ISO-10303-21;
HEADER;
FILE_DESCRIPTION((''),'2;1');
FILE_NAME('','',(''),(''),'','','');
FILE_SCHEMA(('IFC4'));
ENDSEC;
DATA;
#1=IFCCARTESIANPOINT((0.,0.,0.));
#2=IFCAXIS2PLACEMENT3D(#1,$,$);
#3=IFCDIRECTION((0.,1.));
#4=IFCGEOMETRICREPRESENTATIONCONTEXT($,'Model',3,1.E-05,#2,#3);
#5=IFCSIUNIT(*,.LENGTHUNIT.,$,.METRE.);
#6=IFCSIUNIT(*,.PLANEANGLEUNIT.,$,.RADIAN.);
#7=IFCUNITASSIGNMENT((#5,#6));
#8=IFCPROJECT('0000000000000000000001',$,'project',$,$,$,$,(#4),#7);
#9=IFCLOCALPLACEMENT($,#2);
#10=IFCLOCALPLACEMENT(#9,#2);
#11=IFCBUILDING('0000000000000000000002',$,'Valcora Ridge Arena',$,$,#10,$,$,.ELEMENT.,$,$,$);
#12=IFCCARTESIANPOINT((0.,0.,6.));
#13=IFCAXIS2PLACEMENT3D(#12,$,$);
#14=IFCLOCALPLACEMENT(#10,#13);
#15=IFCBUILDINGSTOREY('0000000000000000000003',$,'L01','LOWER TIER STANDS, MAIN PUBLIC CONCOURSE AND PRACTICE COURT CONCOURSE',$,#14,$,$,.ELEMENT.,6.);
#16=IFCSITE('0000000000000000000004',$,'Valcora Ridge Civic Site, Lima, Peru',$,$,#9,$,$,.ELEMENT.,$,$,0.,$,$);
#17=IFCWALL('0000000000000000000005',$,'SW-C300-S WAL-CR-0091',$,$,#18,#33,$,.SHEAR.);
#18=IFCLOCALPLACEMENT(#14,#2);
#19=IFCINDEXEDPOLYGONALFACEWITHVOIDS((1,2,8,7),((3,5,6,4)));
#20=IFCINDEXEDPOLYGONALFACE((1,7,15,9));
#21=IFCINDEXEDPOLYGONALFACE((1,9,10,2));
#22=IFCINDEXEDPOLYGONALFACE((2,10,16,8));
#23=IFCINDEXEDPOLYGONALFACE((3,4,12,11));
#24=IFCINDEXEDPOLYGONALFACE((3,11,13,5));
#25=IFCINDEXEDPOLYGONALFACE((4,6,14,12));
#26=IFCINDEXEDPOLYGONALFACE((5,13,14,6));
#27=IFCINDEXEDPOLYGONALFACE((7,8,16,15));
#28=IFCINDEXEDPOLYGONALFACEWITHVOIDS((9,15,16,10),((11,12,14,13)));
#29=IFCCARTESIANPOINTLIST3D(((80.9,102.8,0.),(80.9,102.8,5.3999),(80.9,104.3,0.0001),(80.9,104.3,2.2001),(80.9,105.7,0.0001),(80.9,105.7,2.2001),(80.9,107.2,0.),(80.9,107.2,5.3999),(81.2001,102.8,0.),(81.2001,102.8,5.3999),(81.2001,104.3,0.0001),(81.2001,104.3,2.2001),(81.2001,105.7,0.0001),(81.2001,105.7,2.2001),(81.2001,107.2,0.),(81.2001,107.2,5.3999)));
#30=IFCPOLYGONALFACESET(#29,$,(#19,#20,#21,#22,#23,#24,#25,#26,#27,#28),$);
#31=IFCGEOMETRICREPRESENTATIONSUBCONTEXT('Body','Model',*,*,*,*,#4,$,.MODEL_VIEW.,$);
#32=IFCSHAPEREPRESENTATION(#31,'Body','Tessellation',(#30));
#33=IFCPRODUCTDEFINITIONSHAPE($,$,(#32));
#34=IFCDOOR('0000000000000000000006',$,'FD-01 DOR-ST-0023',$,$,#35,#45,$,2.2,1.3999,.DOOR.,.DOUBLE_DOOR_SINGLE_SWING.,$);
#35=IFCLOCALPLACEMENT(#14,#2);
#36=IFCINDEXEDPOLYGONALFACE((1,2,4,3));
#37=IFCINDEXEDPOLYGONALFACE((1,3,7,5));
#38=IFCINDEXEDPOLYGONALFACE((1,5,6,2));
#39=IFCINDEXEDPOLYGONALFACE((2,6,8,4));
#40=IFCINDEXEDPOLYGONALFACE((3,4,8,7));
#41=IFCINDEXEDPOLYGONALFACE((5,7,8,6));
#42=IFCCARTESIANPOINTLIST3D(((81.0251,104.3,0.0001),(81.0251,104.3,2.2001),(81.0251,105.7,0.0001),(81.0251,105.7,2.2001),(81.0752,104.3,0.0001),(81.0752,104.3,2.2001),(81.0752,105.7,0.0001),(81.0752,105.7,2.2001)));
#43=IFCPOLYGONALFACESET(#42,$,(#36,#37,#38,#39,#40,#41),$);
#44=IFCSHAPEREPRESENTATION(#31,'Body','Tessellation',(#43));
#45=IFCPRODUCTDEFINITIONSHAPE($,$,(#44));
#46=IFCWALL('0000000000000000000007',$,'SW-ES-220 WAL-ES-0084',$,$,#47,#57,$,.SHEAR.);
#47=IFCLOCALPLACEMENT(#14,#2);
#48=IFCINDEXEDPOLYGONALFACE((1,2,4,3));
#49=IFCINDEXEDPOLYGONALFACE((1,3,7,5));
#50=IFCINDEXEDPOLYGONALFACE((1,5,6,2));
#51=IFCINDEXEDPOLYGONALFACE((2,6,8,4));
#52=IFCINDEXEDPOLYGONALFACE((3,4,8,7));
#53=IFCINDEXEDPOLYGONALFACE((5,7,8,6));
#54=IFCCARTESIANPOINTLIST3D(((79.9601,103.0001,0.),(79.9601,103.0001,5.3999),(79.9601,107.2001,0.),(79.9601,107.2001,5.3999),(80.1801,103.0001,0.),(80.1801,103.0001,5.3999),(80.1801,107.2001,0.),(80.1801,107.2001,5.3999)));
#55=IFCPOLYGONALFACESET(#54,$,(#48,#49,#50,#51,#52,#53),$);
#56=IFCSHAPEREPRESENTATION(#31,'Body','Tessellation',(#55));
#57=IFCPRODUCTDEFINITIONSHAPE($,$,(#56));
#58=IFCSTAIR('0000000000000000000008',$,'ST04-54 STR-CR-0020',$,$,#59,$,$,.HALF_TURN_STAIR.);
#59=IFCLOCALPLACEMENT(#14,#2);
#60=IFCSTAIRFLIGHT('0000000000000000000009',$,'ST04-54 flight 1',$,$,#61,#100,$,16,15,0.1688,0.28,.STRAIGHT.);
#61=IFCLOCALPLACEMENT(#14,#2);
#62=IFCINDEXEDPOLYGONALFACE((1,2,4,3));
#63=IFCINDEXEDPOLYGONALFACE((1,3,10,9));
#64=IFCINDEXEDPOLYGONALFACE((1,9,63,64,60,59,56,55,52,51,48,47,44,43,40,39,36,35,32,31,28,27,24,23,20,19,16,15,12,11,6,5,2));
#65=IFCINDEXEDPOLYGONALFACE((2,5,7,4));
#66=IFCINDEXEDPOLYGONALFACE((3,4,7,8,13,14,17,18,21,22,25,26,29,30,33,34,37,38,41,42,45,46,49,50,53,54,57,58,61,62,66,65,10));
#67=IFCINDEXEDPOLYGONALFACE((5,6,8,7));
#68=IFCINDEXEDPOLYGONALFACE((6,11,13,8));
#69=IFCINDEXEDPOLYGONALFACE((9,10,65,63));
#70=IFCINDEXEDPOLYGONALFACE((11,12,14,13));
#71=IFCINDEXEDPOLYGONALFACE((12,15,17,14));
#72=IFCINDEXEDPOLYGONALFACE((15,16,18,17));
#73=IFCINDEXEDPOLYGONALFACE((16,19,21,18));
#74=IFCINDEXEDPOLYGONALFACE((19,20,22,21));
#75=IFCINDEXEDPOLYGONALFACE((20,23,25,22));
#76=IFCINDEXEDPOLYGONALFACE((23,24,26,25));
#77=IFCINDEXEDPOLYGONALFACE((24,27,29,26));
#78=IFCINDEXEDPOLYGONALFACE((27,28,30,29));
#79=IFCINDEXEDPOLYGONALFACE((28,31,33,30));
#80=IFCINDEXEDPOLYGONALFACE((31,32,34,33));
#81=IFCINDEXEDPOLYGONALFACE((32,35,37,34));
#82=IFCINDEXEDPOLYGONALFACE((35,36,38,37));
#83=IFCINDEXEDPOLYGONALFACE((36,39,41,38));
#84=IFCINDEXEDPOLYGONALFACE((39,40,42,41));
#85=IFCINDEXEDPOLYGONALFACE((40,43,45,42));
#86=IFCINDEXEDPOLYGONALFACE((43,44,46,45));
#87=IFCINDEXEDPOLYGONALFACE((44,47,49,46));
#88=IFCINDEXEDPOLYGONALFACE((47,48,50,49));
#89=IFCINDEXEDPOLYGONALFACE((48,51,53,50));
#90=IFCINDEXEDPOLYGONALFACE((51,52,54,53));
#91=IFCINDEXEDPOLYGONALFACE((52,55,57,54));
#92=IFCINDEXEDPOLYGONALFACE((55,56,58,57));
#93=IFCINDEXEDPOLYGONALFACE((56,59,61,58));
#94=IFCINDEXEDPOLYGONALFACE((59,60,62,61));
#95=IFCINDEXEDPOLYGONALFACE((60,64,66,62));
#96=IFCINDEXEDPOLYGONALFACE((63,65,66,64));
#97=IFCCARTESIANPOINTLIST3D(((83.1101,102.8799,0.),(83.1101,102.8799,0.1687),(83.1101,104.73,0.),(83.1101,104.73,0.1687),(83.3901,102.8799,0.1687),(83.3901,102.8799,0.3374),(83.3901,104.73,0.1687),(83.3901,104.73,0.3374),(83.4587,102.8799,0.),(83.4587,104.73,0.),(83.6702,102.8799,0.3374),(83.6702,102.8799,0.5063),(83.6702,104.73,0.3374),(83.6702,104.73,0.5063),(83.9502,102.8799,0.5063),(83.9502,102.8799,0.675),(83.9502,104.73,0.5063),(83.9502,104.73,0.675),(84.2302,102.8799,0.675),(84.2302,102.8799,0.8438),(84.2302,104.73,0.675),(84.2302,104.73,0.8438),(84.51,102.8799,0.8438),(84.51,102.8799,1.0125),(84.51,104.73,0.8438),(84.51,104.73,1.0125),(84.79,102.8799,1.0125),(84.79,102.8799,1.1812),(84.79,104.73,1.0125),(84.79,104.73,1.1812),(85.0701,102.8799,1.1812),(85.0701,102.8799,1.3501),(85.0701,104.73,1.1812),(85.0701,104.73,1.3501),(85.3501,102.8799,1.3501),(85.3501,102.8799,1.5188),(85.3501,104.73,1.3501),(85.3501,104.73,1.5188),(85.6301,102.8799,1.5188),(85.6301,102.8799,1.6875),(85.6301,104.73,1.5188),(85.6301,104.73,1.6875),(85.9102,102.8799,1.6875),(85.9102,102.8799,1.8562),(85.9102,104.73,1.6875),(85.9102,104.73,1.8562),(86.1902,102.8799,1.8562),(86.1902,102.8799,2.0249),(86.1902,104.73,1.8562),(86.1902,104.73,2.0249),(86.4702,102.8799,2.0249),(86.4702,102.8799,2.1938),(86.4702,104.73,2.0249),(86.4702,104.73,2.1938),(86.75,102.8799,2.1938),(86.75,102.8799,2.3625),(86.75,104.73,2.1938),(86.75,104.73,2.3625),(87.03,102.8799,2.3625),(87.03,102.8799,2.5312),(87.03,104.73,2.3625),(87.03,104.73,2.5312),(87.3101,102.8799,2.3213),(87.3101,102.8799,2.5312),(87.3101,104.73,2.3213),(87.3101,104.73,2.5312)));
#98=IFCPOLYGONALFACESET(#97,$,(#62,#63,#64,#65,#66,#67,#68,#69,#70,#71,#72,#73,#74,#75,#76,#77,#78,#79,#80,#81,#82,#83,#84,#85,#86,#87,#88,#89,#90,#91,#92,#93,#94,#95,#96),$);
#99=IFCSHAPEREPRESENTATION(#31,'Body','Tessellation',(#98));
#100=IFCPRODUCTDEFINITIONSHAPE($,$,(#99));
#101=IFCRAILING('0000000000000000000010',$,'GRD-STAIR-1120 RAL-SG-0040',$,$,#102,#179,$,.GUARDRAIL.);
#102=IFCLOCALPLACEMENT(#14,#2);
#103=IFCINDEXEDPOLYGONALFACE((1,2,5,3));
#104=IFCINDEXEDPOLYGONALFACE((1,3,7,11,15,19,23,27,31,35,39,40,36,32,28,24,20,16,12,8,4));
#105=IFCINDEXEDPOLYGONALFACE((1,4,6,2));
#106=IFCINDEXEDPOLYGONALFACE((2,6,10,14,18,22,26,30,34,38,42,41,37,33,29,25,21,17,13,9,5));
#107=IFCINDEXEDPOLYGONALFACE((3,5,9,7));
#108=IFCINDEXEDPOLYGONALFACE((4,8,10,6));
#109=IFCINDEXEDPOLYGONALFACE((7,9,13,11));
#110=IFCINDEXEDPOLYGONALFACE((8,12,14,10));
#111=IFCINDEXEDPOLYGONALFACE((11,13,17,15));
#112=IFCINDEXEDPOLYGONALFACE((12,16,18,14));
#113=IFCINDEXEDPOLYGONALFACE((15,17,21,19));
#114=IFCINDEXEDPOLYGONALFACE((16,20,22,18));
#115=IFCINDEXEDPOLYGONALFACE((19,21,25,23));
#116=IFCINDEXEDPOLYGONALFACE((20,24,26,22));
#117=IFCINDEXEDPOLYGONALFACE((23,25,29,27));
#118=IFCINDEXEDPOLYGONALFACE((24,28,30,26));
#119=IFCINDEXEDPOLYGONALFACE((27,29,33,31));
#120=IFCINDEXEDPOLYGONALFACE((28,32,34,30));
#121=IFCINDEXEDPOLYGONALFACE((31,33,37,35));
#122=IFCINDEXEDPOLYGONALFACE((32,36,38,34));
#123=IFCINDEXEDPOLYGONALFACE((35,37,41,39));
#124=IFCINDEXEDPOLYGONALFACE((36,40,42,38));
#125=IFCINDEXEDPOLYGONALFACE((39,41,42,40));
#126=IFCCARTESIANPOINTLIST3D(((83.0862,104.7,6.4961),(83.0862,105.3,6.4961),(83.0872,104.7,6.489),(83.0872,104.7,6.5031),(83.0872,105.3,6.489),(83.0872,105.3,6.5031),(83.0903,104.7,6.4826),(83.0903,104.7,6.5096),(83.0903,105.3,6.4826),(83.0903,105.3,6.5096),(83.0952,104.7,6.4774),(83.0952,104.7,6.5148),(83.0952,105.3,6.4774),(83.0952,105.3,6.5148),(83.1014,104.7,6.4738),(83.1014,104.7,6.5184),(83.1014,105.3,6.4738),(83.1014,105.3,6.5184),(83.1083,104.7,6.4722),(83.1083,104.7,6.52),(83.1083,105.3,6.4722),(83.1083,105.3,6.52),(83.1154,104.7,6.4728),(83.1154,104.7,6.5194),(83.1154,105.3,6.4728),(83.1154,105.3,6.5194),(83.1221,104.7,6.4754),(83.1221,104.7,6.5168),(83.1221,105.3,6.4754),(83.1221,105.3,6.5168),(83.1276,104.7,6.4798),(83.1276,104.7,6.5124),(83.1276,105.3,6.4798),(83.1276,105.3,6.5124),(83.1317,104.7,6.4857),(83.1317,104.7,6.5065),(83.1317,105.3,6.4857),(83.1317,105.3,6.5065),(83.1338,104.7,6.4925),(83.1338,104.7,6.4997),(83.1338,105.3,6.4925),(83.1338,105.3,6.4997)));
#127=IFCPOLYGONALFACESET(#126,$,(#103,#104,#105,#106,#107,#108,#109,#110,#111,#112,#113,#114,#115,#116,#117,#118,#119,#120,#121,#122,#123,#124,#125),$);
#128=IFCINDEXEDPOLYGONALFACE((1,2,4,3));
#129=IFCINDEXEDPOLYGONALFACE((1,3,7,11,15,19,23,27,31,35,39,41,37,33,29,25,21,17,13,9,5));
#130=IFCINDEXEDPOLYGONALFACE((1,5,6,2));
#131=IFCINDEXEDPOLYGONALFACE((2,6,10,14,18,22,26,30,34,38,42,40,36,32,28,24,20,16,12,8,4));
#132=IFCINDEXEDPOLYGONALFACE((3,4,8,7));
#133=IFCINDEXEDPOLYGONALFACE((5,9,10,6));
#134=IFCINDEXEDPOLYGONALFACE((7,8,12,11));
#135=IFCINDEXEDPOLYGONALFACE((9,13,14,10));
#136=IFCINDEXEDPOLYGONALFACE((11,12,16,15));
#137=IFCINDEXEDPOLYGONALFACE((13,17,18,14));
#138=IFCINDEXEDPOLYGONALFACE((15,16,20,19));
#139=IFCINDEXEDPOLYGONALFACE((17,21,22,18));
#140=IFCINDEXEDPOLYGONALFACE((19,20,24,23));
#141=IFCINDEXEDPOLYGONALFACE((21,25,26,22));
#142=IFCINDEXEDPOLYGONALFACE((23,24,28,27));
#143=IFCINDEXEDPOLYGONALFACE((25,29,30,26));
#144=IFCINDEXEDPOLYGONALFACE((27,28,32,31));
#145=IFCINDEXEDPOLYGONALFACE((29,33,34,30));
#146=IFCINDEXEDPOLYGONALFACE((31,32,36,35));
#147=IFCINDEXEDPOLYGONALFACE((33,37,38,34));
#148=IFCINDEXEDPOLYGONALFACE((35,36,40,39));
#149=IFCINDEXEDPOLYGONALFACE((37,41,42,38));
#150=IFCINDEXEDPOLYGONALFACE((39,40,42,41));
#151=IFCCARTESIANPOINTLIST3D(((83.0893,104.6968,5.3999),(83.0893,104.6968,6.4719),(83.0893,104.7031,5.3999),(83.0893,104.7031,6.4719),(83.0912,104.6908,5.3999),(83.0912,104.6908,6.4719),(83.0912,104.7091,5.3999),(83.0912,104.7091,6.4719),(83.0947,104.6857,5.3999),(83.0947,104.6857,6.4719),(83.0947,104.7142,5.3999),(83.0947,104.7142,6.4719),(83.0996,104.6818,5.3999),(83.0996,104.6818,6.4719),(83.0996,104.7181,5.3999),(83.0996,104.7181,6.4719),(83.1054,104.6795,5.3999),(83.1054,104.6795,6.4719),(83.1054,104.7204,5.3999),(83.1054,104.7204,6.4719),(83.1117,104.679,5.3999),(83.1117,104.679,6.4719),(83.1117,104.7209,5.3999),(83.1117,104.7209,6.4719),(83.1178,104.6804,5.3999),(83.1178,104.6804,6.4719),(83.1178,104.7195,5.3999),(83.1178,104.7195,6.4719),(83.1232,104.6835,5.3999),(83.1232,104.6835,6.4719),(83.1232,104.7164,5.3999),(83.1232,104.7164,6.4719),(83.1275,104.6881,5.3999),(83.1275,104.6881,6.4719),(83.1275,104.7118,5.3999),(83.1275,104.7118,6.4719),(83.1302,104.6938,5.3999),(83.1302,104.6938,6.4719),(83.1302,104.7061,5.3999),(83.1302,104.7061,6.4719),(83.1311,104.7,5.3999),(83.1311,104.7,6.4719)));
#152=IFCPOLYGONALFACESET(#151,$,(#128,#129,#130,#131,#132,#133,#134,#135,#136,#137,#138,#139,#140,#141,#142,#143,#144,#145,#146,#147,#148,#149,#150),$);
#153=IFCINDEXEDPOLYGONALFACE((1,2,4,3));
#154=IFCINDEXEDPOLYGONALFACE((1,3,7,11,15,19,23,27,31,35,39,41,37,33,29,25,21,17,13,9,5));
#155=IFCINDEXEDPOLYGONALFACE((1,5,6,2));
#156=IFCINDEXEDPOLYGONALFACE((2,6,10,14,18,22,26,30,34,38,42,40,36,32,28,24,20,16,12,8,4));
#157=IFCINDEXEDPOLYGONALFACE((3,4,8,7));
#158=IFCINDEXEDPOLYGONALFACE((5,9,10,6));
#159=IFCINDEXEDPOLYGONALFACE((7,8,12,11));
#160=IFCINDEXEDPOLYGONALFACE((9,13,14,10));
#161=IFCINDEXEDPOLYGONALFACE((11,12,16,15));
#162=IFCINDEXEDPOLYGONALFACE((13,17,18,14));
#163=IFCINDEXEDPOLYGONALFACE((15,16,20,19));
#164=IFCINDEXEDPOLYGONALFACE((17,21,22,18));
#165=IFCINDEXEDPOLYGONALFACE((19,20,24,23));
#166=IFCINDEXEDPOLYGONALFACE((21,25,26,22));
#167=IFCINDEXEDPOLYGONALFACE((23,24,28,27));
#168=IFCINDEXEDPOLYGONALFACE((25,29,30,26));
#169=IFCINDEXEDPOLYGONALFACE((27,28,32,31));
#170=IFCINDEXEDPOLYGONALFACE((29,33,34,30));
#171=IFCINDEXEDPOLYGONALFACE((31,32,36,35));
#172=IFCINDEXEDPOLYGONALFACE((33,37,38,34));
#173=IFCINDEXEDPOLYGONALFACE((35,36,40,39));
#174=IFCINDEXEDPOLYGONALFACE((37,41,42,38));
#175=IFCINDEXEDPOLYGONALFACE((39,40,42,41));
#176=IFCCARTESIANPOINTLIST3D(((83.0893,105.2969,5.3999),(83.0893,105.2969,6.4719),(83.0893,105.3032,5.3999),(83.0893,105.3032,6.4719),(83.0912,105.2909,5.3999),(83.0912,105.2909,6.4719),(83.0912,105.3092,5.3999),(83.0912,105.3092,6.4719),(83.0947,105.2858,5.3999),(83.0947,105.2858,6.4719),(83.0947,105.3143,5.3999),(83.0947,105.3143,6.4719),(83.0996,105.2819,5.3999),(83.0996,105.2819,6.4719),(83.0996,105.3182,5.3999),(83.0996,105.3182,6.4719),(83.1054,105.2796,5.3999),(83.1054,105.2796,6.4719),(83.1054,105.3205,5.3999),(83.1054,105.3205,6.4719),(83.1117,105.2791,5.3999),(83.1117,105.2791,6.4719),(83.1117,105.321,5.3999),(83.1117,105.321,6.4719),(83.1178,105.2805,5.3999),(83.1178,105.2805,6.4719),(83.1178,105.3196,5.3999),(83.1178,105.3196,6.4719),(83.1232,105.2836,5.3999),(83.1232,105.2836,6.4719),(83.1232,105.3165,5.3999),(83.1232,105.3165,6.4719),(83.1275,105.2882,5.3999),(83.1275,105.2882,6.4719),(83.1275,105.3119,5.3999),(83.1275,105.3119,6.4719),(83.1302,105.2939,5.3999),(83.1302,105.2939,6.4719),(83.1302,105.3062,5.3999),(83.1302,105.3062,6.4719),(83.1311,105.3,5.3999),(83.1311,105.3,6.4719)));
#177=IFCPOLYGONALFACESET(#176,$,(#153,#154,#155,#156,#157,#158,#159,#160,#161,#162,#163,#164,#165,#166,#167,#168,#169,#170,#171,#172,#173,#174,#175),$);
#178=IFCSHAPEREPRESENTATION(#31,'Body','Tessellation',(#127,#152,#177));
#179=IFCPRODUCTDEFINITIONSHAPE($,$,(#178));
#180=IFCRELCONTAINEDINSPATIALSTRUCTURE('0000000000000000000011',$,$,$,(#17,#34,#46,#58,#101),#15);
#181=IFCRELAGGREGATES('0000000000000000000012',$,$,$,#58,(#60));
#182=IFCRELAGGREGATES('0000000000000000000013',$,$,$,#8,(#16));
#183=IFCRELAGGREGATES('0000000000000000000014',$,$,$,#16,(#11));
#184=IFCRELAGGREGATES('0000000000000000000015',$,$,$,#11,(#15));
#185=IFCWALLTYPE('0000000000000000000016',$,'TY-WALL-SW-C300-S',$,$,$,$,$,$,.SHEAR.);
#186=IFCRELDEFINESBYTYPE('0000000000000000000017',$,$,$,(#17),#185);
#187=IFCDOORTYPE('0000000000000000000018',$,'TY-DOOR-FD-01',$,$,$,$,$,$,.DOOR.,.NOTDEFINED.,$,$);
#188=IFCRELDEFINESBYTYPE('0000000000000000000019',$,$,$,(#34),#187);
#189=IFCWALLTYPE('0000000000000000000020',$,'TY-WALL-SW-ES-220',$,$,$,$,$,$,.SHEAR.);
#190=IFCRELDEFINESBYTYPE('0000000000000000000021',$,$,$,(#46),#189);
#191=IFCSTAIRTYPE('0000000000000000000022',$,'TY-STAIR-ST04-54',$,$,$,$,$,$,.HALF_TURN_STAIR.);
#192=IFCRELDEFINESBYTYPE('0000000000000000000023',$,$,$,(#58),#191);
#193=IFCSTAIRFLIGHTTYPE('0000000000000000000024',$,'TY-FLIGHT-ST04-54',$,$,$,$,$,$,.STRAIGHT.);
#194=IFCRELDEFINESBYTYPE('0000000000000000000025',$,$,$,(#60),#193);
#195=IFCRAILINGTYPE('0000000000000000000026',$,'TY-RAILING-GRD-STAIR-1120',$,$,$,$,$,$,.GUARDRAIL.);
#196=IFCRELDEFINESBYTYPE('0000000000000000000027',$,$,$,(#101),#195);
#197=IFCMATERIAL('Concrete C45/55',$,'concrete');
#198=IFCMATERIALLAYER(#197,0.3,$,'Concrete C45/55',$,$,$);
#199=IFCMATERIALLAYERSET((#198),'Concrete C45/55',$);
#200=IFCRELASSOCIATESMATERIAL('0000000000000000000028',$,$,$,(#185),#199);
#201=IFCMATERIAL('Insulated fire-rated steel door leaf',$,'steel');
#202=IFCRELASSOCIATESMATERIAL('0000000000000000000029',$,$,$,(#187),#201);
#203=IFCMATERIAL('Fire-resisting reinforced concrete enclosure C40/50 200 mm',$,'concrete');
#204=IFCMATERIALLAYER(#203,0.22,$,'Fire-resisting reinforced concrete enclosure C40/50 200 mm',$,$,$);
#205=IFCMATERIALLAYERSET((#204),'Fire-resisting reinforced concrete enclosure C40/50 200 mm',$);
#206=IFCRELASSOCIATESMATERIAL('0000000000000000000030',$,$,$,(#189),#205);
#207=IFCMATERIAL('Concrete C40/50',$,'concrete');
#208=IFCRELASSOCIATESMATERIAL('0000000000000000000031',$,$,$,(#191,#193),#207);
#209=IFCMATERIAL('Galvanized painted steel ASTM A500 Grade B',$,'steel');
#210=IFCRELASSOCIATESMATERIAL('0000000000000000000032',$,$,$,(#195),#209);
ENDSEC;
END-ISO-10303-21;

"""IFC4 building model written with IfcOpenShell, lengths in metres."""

from ifc_helpers import new_model, si_unit, direction, frame, frame_2d, origin, origin_2d, place, context, subcontext, project, spatial, polyline, rectangle, circle, outline, extrude, material, layer, layer_set, type_object, element, fill, aggregate, save


model = new_model("IFC4")

# Units and contexts
model_context = context("Model", 3, precision=1e-05, world=origin(), true_north=direction((0.0, 1.0)))
body_context = subcontext(model_context, "Body", "Model", "MODEL_VIEW")
ifc_project = project(units=[si_unit("LENGTHUNIT", "METRE"), si_unit("PLANEANGLEUNIT", "RADIAN")], contexts=[model_context])

# Site, building, storey
site_placement = place(None, origin())
site = spatial("IfcSite", under=ifc_project, at=site_placement, Name="Valcora Ridge Civic Site, Lima, Peru", CompositionType="ELEMENT", RefElevation=0.0)
building_placement = place(site_placement, origin())
building = spatial("IfcBuilding", under=site, at=building_placement, Name="Valcora Ridge Arena", CompositionType="ELEMENT")
storey_placement = place(building_placement, frame((0.0, 0.0, 6.0)))
storey = spatial("IfcBuildingStorey", under=building, at=storey_placement, Name="L01", Description="LOWER TIER STANDS, MAIN PUBLIC CONCOURSE AND PRACTICE COURT CONCOURSE", CompositionType="ELEMENT", Elevation=6.0)

# Shared definitions
ifc_material_1 = material(Name="Concrete C40/50", Category="concrete")

# Shared definitions
ifc_material_2 = material(Name="Concrete C45/55", Category="concrete")

# Wall, opening, door
ifc_layer_1 = layer(ifc_material_2, 0.3, Name="Concrete C45/55")
ifc_layer_set_1 = layer_set([ifc_layer_1], Name="Concrete C45/55")
wall_type_1 = type_object("IfcWallType", Name="TY-WALL-SW-C300-S", PredefinedType="SHEAR", material=ifc_layer_set_1)
wall_1_placement = place(storey_placement, frame((81.05, 102.8, 0.0), z_axis=(0.0, 0.0, 1.0), x_axis=(0.0, 1.0, 0.0)))
wall_1 = element("IfcWall", 1, at=wall_1_placement, inside=storey, type_object=wall_type_1, Name="SW-C300-S WAL-CR-0091", PredefinedType="SHEAR", context=body_context, shape_type="SweptSolid", body=[
    extrude(rectangle(XDim=4.3999, YDim=0.3, at=frame_2d((2.2, 0.0))), origin(), (0.0, 0.0, 1.0), 5.3999),
])
opening_placement = place(wall_1_placement, frame((1.5, 0.0, 0.0)))
opening = element("IfcOpeningElement", 2, at=opening_placement, cuts=wall_1, PredefinedType="OPENING", context=body_context, shape_type="SweptSolid", body=[
    extrude(rectangle(XDim=1.3999, YDim=2.2, at=frame_2d((0.7, 1.1001))), frame((0.0, 0.1599, 0.0), z_axis=(0.0, -1.0, 0.0), x_axis=(1.0, 0.0, 0.0)), (0.0, 0.0, 1.0), 0.3201),
])
ifc_material_3 = material(Name="Insulated fire-rated steel door leaf", Category="steel")
door_type = type_object("IfcDoorType", Name="TY-DOOR-FD-01", OperationType="NOTDEFINED", PredefinedType="DOOR", material=ifc_material_3)
door_placement = place(opening_placement, origin())
door = element("IfcDoor", 3, at=door_placement, inside=storey, type_object=door_type, Name="FD-01 DOR-ST-0023", OperationType="DOUBLE_DOOR_SINGLE_SWING", OverallHeight=2.2, OverallWidth=1.3999, PredefinedType="DOOR", context=body_context, shape_type="SweptSolid", body=[
    extrude(rectangle(XDim=1.3999, YDim=2.2, at=frame_2d((0.7, 1.1001))), frame((0.0, 0.0249, 0.0), z_axis=(0.0, -1.0, 0.0), x_axis=(1.0, 0.0, 0.0)), (0.0, 0.0, 1.0), 0.05),
])
fill(opening, door)

# Wall
ifc_material_4 = material(Name="Fire-resisting reinforced concrete enclosure C40/50 200 mm", Category="concrete")
ifc_layer_2 = layer(ifc_material_4, 0.22, Name="Fire-resisting reinforced concrete enclosure C40/50 200 mm")
ifc_layer_set_2 = layer_set([ifc_layer_2], Name="Fire-resisting reinforced concrete enclosure C40/50 200 mm")
wall_type_2 = type_object("IfcWallType", Name="TY-WALL-SW-ES-220", PredefinedType="SHEAR", material=ifc_layer_set_2)
wall_2_placement = place(storey_placement, frame((80.0701, 103.0, 0.0), z_axis=(0.0, 0.0, 1.0), x_axis=(0.0, 1.0, 0.0)))
element("IfcWall", 4, at=wall_2_placement, inside=storey, type_object=wall_type_2, Name="SW-ES-220 WAL-ES-0084", PredefinedType="SHEAR", context=body_context, shape_type="SweptSolid", body=[
    extrude(rectangle(XDim=4.2, YDim=0.22, at=frame_2d((2.1001, 0.0))), origin(), (0.0, 0.0, 1.0), 5.3999),
])

# Stair, stair flight
stair_type = type_object("IfcStairType", Name="TY-STAIR-ST04-54", PredefinedType="HALF_TURN_STAIR", material=ifc_material_1)
stair_placement = place(storey_placement, origin())
stair = element("IfcStair", 5, at=stair_placement, inside=storey, type_object=stair_type, Name="ST04-54 STR-CR-0020", PredefinedType="HALF_TURN_STAIR")
stair_flight_type = type_object("IfcStairFlightType", Name="TY-FLIGHT-ST04-54", PredefinedType="STRAIGHT", material=ifc_material_1)
stair_flight_placement = place(storey_placement, frame((83.1101, 103.8049, 0.0), z_axis=(0.0, 0.0, 1.0), x_axis=(1.0, 0.0, 0.0)))
stair_flight = element("IfcStairFlight", 6, at=stair_flight_placement, type_object=stair_flight_type, Name="ST04-54 flight 1", NumberOfRisers=16, NumberOfTreads=15, PredefinedType="STRAIGHT", RiserHeight=0.1688, TreadLength=0.28, context=body_context, shape_type="SweptSolid", body=[
    extrude(outline(polyline([(0.0, 0.0), (0.0, 0.1687), (0.28, 0.1687), (0.28, 0.3374), (0.5601, 0.3374), (0.5601, 0.5063), (0.8401, 0.5063), (0.8401, 0.675), (1.1201, 0.675), (1.1201, 0.8438), (1.3999, 0.8438), (1.3999, 1.0125), (1.6799, 1.0125), (1.6799, 1.1812), (1.96, 1.1812), (1.96, 1.3501), (2.24, 1.3501), (2.24, 1.5188), (2.52, 1.5188), (2.52, 1.6875), (2.8, 1.6875), (2.8, 1.8562), (3.0801, 1.8562), (3.0801, 2.0249), (3.3601, 2.0249), (3.3601, 2.1938), (3.6399, 2.1938), (3.6399, 2.3625), (3.9199, 2.3625), (3.9199, 2.5312), (4.2, 2.5312), (4.2, 2.7), (4.2, 2.3213), (0.3486, 0.0), (0.0, 0.0)])), frame((0.0, 0.925, 0.0), z_axis=(0.0, -1.0, 0.0), x_axis=(1.0, 0.0, 0.0)), (0.0, 0.0, 1.0), 1.8501),
])
aggregate(stair, [stair_flight])

# Railing
ifc_material_5 = material(Name="Galvanized painted steel ASTM A500 Grade B", Category="steel")
railing_type_1 = type_object("IfcRailingType", Name="TY-RAILING-GRD-STAIR-1120", PredefinedType="GUARDRAIL", material=ifc_material_5)
railing_1_placement = place(storey_placement, frame((83.1101, 104.7, 5.3999)))
element("IfcRailing", 7, at=railing_1_placement, inside=storey, type_object=railing_type_1, Name="GRD-STAIR-1120 RAL-SG-0040", PredefinedType="GUARDRAIL", context=body_context, shape_type="SweptSolid", body=[
    extrude(circle(Radius=0.0239, at=origin_2d()), frame((0.0, 0.0, 1.0962), z_axis=(0.0, 1.0, 0.0), x_axis=(-1.0, 0.0, 0.0)), (0.0, 0.0, 1.0), 0.6001),
    extrude(circle(Radius=0.021, at=origin_2d()), origin(), (0.0, 0.0, 1.0), 1.072),
    extrude(circle(Radius=0.021, at=origin_2d()), frame((0.0, 0.6001, 0.0)), (0.0, 0.0, 1.0), 1.072),
])

save(model, "model.ifc")
